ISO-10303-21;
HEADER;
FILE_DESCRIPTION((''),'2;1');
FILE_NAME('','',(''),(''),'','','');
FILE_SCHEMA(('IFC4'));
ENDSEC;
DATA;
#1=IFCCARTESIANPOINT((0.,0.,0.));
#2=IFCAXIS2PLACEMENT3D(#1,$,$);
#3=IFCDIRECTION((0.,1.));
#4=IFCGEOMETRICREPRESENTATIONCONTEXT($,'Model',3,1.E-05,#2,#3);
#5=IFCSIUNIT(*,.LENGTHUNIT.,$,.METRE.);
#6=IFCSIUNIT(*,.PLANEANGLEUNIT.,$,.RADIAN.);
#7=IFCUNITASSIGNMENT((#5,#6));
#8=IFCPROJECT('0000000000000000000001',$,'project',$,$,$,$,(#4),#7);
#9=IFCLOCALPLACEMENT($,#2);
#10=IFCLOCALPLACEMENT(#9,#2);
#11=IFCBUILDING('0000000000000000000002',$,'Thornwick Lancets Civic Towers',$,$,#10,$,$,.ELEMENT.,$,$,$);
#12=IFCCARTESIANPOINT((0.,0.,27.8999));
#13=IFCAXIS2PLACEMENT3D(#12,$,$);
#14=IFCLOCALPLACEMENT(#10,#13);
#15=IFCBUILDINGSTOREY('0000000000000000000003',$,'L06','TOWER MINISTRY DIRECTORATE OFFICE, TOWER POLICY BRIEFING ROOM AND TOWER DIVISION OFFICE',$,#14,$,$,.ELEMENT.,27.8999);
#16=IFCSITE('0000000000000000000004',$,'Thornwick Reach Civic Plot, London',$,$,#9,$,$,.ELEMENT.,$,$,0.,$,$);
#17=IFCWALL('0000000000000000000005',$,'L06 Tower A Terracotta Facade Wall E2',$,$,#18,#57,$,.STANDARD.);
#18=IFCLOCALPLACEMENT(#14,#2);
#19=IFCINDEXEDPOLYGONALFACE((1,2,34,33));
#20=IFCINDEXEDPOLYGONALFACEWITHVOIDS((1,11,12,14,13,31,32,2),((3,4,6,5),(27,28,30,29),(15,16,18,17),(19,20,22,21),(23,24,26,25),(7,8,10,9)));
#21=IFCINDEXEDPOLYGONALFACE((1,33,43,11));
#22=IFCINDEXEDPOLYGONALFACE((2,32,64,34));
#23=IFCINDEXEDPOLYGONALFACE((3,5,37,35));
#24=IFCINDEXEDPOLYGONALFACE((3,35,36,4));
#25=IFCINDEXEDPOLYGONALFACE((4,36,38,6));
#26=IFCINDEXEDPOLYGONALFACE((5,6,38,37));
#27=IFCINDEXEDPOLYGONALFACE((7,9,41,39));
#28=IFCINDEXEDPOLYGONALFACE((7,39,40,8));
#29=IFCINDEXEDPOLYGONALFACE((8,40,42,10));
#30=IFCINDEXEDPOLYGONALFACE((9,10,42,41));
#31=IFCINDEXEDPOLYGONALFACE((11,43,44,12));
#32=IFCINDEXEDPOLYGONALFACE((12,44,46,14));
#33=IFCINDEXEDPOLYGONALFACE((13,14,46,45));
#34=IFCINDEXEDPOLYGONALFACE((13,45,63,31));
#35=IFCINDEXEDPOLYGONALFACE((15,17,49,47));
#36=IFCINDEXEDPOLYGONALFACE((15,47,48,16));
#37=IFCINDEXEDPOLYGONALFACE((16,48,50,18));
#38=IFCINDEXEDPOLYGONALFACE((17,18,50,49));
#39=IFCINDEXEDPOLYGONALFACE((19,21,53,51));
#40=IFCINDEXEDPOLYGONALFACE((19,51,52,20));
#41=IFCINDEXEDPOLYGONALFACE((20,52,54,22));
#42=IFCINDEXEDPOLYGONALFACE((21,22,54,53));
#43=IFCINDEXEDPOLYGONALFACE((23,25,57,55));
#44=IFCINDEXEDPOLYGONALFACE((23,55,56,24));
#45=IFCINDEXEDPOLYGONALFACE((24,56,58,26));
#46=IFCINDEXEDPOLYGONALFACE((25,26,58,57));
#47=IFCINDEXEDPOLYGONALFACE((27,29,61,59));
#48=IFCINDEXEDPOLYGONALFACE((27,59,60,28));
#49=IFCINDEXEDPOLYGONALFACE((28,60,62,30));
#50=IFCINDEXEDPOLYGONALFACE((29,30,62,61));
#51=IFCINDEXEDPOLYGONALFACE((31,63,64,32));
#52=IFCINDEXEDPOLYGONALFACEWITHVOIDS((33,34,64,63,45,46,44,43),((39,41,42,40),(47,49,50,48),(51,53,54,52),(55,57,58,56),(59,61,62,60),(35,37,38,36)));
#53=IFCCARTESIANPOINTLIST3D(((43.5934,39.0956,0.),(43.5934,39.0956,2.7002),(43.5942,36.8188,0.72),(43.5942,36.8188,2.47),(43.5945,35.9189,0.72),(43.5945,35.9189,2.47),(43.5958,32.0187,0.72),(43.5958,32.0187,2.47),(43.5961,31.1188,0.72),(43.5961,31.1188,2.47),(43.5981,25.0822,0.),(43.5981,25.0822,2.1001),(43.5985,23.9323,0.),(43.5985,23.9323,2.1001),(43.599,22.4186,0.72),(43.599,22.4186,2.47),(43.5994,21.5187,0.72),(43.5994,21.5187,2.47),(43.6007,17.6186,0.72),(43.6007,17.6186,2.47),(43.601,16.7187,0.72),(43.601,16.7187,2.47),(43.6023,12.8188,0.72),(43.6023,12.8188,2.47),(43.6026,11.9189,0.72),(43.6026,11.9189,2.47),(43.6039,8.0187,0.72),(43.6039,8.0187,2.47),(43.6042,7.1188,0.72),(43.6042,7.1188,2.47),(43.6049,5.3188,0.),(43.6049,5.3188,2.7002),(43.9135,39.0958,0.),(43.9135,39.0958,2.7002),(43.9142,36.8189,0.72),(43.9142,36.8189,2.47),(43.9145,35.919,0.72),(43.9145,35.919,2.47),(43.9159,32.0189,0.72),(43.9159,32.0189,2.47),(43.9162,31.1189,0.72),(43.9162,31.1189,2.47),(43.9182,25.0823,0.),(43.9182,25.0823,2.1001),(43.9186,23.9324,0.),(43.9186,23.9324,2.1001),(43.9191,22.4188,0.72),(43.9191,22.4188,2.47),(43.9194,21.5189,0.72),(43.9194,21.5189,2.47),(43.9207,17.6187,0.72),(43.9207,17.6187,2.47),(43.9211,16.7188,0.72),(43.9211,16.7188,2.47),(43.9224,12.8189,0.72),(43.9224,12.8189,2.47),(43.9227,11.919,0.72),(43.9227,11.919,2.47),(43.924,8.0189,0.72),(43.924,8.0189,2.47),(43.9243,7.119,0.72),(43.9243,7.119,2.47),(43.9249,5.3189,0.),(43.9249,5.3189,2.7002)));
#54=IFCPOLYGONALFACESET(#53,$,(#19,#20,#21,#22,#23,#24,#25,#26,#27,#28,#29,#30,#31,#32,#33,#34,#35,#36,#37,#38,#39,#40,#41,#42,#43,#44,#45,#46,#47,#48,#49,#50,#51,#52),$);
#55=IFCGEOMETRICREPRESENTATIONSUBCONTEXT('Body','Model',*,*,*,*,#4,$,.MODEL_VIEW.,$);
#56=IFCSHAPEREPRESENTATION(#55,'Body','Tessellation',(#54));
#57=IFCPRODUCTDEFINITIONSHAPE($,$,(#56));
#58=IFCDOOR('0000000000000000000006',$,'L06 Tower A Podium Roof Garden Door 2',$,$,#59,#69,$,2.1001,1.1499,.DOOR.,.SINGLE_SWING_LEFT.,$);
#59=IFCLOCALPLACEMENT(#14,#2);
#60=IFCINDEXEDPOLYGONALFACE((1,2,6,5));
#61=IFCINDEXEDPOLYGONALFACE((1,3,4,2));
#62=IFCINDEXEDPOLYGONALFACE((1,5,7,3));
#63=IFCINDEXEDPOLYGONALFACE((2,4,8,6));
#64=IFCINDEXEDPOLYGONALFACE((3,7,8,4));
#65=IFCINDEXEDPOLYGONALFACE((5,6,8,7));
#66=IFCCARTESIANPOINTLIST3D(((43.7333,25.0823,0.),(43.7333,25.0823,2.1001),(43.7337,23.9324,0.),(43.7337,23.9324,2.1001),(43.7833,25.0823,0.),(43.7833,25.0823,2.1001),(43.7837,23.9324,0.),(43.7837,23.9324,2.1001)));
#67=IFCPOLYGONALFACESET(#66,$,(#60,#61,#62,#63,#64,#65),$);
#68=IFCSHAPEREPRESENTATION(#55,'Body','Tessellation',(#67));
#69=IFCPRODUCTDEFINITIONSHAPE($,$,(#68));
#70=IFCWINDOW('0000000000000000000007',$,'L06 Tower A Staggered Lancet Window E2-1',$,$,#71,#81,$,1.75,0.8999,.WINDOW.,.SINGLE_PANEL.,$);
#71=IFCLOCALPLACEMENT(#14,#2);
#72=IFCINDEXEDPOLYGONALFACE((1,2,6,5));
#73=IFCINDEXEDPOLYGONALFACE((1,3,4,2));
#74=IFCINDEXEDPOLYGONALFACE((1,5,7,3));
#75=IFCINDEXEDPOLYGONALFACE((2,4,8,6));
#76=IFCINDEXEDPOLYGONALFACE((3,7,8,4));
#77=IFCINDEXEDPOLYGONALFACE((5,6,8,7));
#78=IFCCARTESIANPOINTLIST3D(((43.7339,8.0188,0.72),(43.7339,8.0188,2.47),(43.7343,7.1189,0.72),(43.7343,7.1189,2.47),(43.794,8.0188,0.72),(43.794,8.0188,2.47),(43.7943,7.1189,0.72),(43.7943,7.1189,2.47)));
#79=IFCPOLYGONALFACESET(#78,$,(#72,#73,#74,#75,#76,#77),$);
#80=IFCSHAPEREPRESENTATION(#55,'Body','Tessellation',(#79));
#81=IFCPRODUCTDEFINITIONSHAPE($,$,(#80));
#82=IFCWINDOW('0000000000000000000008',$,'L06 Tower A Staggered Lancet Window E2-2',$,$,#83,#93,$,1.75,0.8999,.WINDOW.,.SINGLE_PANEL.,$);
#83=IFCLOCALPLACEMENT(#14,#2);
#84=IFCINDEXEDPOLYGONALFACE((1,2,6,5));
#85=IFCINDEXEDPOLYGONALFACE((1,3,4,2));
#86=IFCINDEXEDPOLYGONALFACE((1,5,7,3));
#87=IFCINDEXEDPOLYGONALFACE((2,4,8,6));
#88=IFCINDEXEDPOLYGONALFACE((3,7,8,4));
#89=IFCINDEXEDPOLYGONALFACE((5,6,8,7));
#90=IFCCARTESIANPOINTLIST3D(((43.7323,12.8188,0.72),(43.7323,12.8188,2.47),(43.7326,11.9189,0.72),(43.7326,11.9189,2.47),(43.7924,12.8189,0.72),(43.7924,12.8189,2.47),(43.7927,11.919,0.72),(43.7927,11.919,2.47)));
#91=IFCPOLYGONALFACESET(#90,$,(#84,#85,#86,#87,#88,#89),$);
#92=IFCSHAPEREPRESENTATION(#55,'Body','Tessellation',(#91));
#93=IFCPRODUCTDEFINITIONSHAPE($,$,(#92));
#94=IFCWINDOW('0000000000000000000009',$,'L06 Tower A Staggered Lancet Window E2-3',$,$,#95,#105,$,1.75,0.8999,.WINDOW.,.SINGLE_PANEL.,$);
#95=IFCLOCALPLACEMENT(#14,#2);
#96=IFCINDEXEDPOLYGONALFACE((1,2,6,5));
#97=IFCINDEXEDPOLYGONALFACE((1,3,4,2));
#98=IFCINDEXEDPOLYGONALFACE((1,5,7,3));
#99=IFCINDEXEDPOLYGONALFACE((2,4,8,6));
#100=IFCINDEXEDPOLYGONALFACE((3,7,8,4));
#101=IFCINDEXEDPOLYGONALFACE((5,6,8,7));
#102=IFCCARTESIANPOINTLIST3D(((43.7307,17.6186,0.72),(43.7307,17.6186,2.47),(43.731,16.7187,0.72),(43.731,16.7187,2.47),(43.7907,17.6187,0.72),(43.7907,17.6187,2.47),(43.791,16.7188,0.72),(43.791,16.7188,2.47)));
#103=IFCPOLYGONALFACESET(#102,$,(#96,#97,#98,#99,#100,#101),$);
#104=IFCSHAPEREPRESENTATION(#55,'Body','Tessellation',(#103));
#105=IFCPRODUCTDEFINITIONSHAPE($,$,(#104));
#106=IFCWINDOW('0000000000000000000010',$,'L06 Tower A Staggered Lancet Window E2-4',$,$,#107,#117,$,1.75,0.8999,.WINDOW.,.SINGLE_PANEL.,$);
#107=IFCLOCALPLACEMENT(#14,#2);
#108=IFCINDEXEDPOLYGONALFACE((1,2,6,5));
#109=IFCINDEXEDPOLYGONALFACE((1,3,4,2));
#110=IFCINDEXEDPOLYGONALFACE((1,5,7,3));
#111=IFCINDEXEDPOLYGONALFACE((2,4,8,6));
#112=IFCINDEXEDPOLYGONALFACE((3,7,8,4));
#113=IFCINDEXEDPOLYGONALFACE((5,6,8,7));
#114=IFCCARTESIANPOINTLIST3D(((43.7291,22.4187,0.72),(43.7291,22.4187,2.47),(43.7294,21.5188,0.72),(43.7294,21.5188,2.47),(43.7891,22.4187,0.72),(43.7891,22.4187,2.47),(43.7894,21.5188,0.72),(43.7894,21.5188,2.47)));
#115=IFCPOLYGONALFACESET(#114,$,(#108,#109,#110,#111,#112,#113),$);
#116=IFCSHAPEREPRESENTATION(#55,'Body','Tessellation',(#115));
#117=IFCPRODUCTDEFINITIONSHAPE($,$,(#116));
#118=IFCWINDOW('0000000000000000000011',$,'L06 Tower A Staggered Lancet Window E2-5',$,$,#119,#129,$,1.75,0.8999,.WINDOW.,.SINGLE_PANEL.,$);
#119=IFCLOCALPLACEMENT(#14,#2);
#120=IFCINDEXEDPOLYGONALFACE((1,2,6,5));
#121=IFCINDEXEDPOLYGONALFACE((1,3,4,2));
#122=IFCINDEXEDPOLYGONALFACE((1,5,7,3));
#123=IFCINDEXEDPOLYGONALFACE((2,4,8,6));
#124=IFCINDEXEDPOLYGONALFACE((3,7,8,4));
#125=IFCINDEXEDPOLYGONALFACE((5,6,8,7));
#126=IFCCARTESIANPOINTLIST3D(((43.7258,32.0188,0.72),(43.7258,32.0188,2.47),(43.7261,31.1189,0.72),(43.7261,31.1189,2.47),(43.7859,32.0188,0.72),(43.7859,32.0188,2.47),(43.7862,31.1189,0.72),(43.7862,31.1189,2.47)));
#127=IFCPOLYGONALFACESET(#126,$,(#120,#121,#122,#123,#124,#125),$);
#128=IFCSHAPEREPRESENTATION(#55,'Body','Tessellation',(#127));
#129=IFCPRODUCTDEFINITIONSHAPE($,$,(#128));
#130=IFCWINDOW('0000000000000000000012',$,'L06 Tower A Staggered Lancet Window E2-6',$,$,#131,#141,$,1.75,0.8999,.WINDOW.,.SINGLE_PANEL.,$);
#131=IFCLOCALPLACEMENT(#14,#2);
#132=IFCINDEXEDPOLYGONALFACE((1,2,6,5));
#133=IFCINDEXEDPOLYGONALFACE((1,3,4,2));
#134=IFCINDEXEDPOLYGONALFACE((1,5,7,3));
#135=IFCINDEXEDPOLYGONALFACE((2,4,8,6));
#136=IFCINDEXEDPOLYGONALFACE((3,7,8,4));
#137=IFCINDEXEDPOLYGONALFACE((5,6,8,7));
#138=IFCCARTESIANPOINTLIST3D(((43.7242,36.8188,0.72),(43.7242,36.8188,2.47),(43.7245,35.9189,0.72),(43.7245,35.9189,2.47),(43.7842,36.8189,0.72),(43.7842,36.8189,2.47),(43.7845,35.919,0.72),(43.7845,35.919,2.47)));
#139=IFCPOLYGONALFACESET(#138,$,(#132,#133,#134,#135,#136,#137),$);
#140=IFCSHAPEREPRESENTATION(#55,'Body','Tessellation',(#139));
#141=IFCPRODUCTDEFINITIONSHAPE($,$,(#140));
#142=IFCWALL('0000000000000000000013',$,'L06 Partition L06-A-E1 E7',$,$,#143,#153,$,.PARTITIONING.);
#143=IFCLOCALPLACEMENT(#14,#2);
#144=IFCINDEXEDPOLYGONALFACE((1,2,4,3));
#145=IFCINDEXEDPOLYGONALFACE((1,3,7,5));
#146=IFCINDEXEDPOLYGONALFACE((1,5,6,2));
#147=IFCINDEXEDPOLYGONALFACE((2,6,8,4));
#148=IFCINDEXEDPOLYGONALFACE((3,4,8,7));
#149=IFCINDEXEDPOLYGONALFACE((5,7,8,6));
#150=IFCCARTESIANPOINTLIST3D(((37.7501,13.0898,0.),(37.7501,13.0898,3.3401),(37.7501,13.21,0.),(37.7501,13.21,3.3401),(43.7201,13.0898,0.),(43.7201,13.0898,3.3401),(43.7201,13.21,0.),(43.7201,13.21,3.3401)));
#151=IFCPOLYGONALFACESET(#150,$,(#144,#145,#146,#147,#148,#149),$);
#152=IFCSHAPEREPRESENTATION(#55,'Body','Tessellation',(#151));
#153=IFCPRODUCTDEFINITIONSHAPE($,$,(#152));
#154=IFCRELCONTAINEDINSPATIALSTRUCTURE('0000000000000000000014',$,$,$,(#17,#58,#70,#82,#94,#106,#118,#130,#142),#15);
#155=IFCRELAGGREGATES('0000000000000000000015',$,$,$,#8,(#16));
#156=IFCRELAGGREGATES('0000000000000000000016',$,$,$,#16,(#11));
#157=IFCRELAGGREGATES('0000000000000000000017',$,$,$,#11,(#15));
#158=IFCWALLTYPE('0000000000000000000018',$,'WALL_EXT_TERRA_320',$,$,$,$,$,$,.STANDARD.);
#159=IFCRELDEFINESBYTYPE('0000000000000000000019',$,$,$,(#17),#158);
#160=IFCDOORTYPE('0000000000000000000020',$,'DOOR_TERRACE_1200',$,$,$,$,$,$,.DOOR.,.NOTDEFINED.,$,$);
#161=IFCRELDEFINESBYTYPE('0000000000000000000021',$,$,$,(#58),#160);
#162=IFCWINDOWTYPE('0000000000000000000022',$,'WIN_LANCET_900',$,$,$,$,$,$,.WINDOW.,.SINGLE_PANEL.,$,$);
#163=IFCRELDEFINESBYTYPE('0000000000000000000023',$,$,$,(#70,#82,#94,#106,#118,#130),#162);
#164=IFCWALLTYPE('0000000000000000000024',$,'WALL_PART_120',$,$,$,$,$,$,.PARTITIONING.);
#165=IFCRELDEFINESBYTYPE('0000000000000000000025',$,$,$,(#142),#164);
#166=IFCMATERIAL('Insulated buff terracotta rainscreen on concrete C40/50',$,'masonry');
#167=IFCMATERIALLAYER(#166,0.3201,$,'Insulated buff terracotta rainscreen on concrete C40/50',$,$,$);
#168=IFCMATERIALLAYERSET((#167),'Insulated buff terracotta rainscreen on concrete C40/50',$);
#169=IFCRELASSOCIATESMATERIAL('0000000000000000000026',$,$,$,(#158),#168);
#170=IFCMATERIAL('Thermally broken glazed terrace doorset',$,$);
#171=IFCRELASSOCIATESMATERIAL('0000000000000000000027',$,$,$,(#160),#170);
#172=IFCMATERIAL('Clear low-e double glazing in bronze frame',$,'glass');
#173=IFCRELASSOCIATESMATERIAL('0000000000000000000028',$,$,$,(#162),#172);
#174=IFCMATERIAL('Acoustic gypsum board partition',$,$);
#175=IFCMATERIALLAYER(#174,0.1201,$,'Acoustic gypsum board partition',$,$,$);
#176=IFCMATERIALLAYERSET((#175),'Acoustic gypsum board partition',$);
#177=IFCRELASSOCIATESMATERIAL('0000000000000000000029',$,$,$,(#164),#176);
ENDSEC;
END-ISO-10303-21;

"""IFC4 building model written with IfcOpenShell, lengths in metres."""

from ifc_helpers import new_model, si_unit, direction, frame, frame_2d, origin, place, context, subcontext, project, spatial, rectangle, extrude, material, layer, layer_set, type_object, element, fill, save


model = new_model("IFC4")

# Units and contexts
model_context = context("Model", 3, precision=1e-05, world=origin(), true_north=direction((0.0, 1.0)))
body_context = subcontext(model_context, "Body", "Model", "MODEL_VIEW")
ifc_project = project(units=[si_unit("LENGTHUNIT", "METRE"), si_unit("PLANEANGLEUNIT", "RADIAN")], contexts=[model_context])

# Site, building, storey
site_placement = place(None, origin())
site = spatial("IfcSite", under=ifc_project, at=site_placement, Name="Thornwick Reach Civic Plot, London", CompositionType="ELEMENT", RefElevation=0.0)
building_placement = place(site_placement, origin())
building = spatial("IfcBuilding", under=site, at=building_placement, Name="Thornwick Lancets Civic Towers", CompositionType="ELEMENT")
storey_placement = place(building_placement, frame((0.0, 0.0, 27.8999)))
storey = spatial("IfcBuildingStorey", under=building, at=storey_placement, Name="L06", Description="TOWER MINISTRY DIRECTORATE OFFICE, TOWER POLICY BRIEFING ROOM AND TOWER DIVISION OFFICE", CompositionType="ELEMENT", Elevation=27.8999)

# Wall, openings, door, windows
ifc_material_1 = material(Name="Insulated buff terracotta rainscreen on concrete C40/50", Category="masonry")
ifc_layer_1 = layer(ifc_material_1, 0.3201, Name="Insulated buff terracotta rainscreen on concrete C40/50")
ifc_layer_set_1 = layer_set([ifc_layer_1], Name="Insulated buff terracotta rainscreen on concrete C40/50")
wall_type_1 = type_object("IfcWallType", Name="WALL_EXT_TERRA_320", PredefinedType="STANDARD", material=ifc_layer_set_1)
wall_1_placement = place(storey_placement, frame((43.7649, 5.3188, 0.0), z_axis=(0.0, 0.0, 1.0), x_axis=(-0.00034, 1.0, 0.0)))
wall_1 = element("IfcWall", 1, at=wall_1_placement, inside=storey, type_object=wall_type_1, Name="L06 Tower A Terracotta Facade Wall E2", PredefinedType="STANDARD", context=body_context, shape_type="SweptSolid", body=[
    extrude(rectangle(XDim=33.7769, YDim=0.3201, at=frame_2d((16.8884, 0.0))), origin(), (0.0, 0.0, 1.0), 2.7002),
])
opening_1_placement = place(wall_1_placement, frame((18.6135, 0.0, 0.0)))
opening_1 = element("IfcOpeningElement", 2, at=opening_1_placement, cuts=wall_1, PredefinedType="OPENING", context=body_context, shape_type="SweptSolid", body=[
    extrude(rectangle(XDim=1.1499, YDim=2.1001, at=frame_2d((0.575, 1.05))), frame((0.0, 0.1699, 0.0), z_axis=(0.0, -1.0, 0.0), x_axis=(1.0, 0.0, 0.0)), (0.0, 0.0, 1.0), 0.3401),
])
opening_2_placement = place(wall_1_placement, frame((1.8, 0.0, 0.72)))
opening_2 = element("IfcOpeningElement", 3, at=opening_2_placement, cuts=wall_1, PredefinedType="OPENING", context=body_context, shape_type="SweptSolid", body=[
    extrude(rectangle(XDim=0.8999, YDim=1.75, at=frame_2d((0.45, 0.875))), frame((0.0, 0.1699, 0.0), z_axis=(0.0, -1.0, 0.0), x_axis=(1.0, 0.0, 0.0)), (0.0, 0.0, 1.0), 0.3401),
])
opening_3_placement = place(wall_1_placement, frame((6.6001, 0.0, 0.72)))
opening_3 = element("IfcOpeningElement", 4, at=opening_3_placement, cuts=wall_1, PredefinedType="OPENING", context=body_context, shape_type="SweptSolid", body=[
    extrude(rectangle(XDim=0.8999, YDim=1.75, at=frame_2d((0.45, 0.875))), frame((0.0, 0.1699, 0.0), z_axis=(0.0, -1.0, 0.0), x_axis=(1.0, 0.0, 0.0)), (0.0, 0.0, 1.0), 0.3401),
])
opening_4_placement = place(wall_1_placement, frame((11.3999, 0.0, 0.72)))
opening_4 = element("IfcOpeningElement", 5, at=opening_4_placement, cuts=wall_1, PredefinedType="OPENING", context=body_context, shape_type="SweptSolid", body=[
    extrude(rectangle(XDim=0.8999, YDim=1.75, at=frame_2d((0.45, 0.875))), frame((0.0, 0.1699, 0.0), z_axis=(0.0, -1.0, 0.0), x_axis=(1.0, 0.0, 0.0)), (0.0, 0.0, 1.0), 0.3401),
])
opening_5_placement = place(wall_1_placement, frame((16.2, 0.0, 0.72)))
opening_5 = element("IfcOpeningElement", 6, at=opening_5_placement, cuts=wall_1, PredefinedType="OPENING", context=body_context, shape_type="SweptSolid", body=[
    extrude(rectangle(XDim=0.8999, YDim=1.75, at=frame_2d((0.45, 0.875))), frame((0.0, 0.1699, 0.0), z_axis=(0.0, -1.0, 0.0), x_axis=(1.0, 0.0, 0.0)), (0.0, 0.0, 1.0), 0.3401),
])
opening_6_placement = place(wall_1_placement, frame((25.8, 0.0, 0.72)))
opening_6 = element("IfcOpeningElement", 7, at=opening_6_placement, cuts=wall_1, PredefinedType="OPENING", context=body_context, shape_type="SweptSolid", body=[
    extrude(rectangle(XDim=0.8999, YDim=1.75, at=frame_2d((0.45, 0.875))), frame((0.0, 0.1699, 0.0), z_axis=(0.0, -1.0, 0.0), x_axis=(1.0, 0.0, 0.0)), (0.0, 0.0, 1.0), 0.3401),
])
opening_7_placement = place(wall_1_placement, frame((30.6001, 0.0, 0.72)))
opening_7 = element("IfcOpeningElement", 8, at=opening_7_placement, cuts=wall_1, PredefinedType="OPENING", context=body_context, shape_type="SweptSolid", body=[
    extrude(rectangle(XDim=0.8999, YDim=1.75, at=frame_2d((0.45, 0.875))), frame((0.0, 0.1699, 0.0), z_axis=(0.0, -1.0, 0.0), x_axis=(1.0, 0.0, 0.0)), (0.0, 0.0, 1.0), 0.3401),
])
ifc_material_2 = material(Name="Thermally broken glazed terrace doorset")
door_type = type_object("IfcDoorType", Name="DOOR_TERRACE_1200", OperationType="NOTDEFINED", PredefinedType="DOOR", material=ifc_material_2)
door_placement = place(opening_1_placement, origin())
door = element("IfcDoor", 9, at=door_placement, inside=storey, type_object=door_type, Name="L06 Tower A Podium Roof Garden Door 2", OperationType="SINGLE_SWING_LEFT", OverallHeight=2.1001, OverallWidth=1.1499, PredefinedType="DOOR", context=body_context, shape_type="SweptSolid", body=[
    extrude(rectangle(XDim=1.1499, YDim=2.1001, at=frame_2d((0.575, 1.05))), frame((0.0, 0.0249, 0.0), z_axis=(0.0, -1.0, 0.0), x_axis=(1.0, 0.0, 0.0)), (0.0, 0.0, 1.0), 0.05),
])
fill(opening_1, door)
ifc_material_3 = material(Name="Clear low-e double glazing in bronze frame", Category="glass")
window_type = type_object("IfcWindowType", Name="WIN_LANCET_900", PartitioningType="SINGLE_PANEL", PredefinedType="WINDOW", material=ifc_material_3)
window_1_placement = place(opening_2_placement, origin())
window_1 = element("IfcWindow", 10, at=window_1_placement, inside=storey, type_object=window_type, Name="L06 Tower A Staggered Lancet Window E2-1", OverallHeight=1.75, OverallWidth=0.8999, PartitioningType="SINGLE_PANEL", PredefinedType="WINDOW", context=body_context, shape_type="SweptSolid", body=[
    extrude(rectangle(XDim=0.8999, YDim=1.75, at=frame_2d((0.45, 0.875))), frame((0.0, 0.03, 0.0), z_axis=(0.0, -1.0, 0.0), x_axis=(1.0, 0.0, 0.0)), (0.0, 0.0, 1.0), 0.0601),
])
fill(opening_2, window_1)
window_2_placement = place(opening_3_placement, origin())
window_2 = element("IfcWindow", 11, at=window_2_placement, inside=storey, type_object=window_type, Name="L06 Tower A Staggered Lancet Window E2-2", OverallHeight=1.75, OverallWidth=0.8999, PartitioningType="SINGLE_PANEL", PredefinedType="WINDOW", context=body_context, shape_type="SweptSolid", body=[
    extrude(rectangle(XDim=0.8999, YDim=1.75, at=frame_2d((0.45, 0.875))), frame((0.0, 0.03, 0.0), z_axis=(0.0, -1.0, 0.0), x_axis=(1.0, 0.0, 0.0)), (0.0, 0.0, 1.0), 0.0601),
])
fill(opening_3, window_2)
window_3_placement = place(opening_4_placement, origin())
window_3 = element("IfcWindow", 12, at=window_3_placement, inside=storey, type_object=window_type, Name="L06 Tower A Staggered Lancet Window E2-3", OverallHeight=1.75, OverallWidth=0.8999, PartitioningType="SINGLE_PANEL", PredefinedType="WINDOW", context=body_context, shape_type="SweptSolid", body=[
    extrude(rectangle(XDim=0.8999, YDim=1.75, at=frame_2d((0.45, 0.875))), frame((0.0, 0.03, 0.0), z_axis=(0.0, -1.0, 0.0), x_axis=(1.0, 0.0, 0.0)), (0.0, 0.0, 1.0), 0.0601),
])
fill(opening_4, window_3)
window_4_placement = place(opening_5_placement, origin())
window_4 = element("IfcWindow", 13, at=window_4_placement, inside=storey, type_object=window_type, Name="L06 Tower A Staggered Lancet Window E2-4", OverallHeight=1.75, OverallWidth=0.8999, PartitioningType="SINGLE_PANEL", PredefinedType="WINDOW", context=body_context, shape_type="SweptSolid", body=[
    extrude(rectangle(XDim=0.8999, YDim=1.75, at=frame_2d((0.45, 0.875))), frame((0.0, 0.03, 0.0), z_axis=(0.0, -1.0, 0.0), x_axis=(1.0, 0.0, 0.0)), (0.0, 0.0, 1.0), 0.0601),
])
fill(opening_5, window_4)
window_5_placement = place(opening_6_placement, origin())
window_5 = element("IfcWindow", 14, at=window_5_placement, inside=storey, type_object=window_type, Name="L06 Tower A Staggered Lancet Window E2-5", OverallHeight=1.75, OverallWidth=0.8999, PartitioningType="SINGLE_PANEL", PredefinedType="WINDOW", context=body_context, shape_type="SweptSolid", body=[
    extrude(rectangle(XDim=0.8999, YDim=1.75, at=frame_2d((0.45, 0.875))), frame((0.0, 0.03, 0.0), z_axis=(0.0, -1.0, 0.0), x_axis=(1.0, 0.0, 0.0)), (0.0, 0.0, 1.0), 0.0601),
])
fill(opening_6, window_5)
window_6_placement = place(opening_7_placement, origin())
window_6 = element("IfcWindow", 15, at=window_6_placement, inside=storey, type_object=window_type, Name="L06 Tower A Staggered Lancet Window E2-6", OverallHeight=1.75, OverallWidth=0.8999, PartitioningType="SINGLE_PANEL", PredefinedType="WINDOW", context=body_context, shape_type="SweptSolid", body=[
    extrude(rectangle(XDim=0.8999, YDim=1.75, at=frame_2d((0.45, 0.875))), frame((0.0, 0.03, 0.0), z_axis=(0.0, -1.0, 0.0), x_axis=(1.0, 0.0, 0.0)), (0.0, 0.0, 1.0), 0.0601),
])
fill(opening_7, window_6)

# Wall
ifc_material_4 = material(Name="Acoustic gypsum board partition")
ifc_layer_2 = layer(ifc_material_4, 0.1201, Name="Acoustic gypsum board partition")
ifc_layer_set_2 = layer_set([ifc_layer_2], Name="Acoustic gypsum board partition")
wall_type_2 = type_object("IfcWallType", Name="WALL_PART_120", PredefinedType="PARTITIONING", material=ifc_layer_set_2)
wall_2_placement = place(storey_placement, frame((43.72, 13.1499, 0.0), z_axis=(0.0, 0.0, 1.0), x_axis=(-1.0, 0.0, 0.0)))
element("IfcWall", 16, at=wall_2_placement, inside=storey, type_object=wall_type_2, Name="L06 Partition L06-A-E1 E7", PredefinedType="PARTITIONING", context=body_context, shape_type="SweptSolid", body=[
    extrude(rectangle(XDim=5.97, YDim=0.1201, at=frame_2d((2.9849, 0.0))), origin(), (0.0, 0.0, 1.0), 3.3401),
])

save(model, "model.ifc")
